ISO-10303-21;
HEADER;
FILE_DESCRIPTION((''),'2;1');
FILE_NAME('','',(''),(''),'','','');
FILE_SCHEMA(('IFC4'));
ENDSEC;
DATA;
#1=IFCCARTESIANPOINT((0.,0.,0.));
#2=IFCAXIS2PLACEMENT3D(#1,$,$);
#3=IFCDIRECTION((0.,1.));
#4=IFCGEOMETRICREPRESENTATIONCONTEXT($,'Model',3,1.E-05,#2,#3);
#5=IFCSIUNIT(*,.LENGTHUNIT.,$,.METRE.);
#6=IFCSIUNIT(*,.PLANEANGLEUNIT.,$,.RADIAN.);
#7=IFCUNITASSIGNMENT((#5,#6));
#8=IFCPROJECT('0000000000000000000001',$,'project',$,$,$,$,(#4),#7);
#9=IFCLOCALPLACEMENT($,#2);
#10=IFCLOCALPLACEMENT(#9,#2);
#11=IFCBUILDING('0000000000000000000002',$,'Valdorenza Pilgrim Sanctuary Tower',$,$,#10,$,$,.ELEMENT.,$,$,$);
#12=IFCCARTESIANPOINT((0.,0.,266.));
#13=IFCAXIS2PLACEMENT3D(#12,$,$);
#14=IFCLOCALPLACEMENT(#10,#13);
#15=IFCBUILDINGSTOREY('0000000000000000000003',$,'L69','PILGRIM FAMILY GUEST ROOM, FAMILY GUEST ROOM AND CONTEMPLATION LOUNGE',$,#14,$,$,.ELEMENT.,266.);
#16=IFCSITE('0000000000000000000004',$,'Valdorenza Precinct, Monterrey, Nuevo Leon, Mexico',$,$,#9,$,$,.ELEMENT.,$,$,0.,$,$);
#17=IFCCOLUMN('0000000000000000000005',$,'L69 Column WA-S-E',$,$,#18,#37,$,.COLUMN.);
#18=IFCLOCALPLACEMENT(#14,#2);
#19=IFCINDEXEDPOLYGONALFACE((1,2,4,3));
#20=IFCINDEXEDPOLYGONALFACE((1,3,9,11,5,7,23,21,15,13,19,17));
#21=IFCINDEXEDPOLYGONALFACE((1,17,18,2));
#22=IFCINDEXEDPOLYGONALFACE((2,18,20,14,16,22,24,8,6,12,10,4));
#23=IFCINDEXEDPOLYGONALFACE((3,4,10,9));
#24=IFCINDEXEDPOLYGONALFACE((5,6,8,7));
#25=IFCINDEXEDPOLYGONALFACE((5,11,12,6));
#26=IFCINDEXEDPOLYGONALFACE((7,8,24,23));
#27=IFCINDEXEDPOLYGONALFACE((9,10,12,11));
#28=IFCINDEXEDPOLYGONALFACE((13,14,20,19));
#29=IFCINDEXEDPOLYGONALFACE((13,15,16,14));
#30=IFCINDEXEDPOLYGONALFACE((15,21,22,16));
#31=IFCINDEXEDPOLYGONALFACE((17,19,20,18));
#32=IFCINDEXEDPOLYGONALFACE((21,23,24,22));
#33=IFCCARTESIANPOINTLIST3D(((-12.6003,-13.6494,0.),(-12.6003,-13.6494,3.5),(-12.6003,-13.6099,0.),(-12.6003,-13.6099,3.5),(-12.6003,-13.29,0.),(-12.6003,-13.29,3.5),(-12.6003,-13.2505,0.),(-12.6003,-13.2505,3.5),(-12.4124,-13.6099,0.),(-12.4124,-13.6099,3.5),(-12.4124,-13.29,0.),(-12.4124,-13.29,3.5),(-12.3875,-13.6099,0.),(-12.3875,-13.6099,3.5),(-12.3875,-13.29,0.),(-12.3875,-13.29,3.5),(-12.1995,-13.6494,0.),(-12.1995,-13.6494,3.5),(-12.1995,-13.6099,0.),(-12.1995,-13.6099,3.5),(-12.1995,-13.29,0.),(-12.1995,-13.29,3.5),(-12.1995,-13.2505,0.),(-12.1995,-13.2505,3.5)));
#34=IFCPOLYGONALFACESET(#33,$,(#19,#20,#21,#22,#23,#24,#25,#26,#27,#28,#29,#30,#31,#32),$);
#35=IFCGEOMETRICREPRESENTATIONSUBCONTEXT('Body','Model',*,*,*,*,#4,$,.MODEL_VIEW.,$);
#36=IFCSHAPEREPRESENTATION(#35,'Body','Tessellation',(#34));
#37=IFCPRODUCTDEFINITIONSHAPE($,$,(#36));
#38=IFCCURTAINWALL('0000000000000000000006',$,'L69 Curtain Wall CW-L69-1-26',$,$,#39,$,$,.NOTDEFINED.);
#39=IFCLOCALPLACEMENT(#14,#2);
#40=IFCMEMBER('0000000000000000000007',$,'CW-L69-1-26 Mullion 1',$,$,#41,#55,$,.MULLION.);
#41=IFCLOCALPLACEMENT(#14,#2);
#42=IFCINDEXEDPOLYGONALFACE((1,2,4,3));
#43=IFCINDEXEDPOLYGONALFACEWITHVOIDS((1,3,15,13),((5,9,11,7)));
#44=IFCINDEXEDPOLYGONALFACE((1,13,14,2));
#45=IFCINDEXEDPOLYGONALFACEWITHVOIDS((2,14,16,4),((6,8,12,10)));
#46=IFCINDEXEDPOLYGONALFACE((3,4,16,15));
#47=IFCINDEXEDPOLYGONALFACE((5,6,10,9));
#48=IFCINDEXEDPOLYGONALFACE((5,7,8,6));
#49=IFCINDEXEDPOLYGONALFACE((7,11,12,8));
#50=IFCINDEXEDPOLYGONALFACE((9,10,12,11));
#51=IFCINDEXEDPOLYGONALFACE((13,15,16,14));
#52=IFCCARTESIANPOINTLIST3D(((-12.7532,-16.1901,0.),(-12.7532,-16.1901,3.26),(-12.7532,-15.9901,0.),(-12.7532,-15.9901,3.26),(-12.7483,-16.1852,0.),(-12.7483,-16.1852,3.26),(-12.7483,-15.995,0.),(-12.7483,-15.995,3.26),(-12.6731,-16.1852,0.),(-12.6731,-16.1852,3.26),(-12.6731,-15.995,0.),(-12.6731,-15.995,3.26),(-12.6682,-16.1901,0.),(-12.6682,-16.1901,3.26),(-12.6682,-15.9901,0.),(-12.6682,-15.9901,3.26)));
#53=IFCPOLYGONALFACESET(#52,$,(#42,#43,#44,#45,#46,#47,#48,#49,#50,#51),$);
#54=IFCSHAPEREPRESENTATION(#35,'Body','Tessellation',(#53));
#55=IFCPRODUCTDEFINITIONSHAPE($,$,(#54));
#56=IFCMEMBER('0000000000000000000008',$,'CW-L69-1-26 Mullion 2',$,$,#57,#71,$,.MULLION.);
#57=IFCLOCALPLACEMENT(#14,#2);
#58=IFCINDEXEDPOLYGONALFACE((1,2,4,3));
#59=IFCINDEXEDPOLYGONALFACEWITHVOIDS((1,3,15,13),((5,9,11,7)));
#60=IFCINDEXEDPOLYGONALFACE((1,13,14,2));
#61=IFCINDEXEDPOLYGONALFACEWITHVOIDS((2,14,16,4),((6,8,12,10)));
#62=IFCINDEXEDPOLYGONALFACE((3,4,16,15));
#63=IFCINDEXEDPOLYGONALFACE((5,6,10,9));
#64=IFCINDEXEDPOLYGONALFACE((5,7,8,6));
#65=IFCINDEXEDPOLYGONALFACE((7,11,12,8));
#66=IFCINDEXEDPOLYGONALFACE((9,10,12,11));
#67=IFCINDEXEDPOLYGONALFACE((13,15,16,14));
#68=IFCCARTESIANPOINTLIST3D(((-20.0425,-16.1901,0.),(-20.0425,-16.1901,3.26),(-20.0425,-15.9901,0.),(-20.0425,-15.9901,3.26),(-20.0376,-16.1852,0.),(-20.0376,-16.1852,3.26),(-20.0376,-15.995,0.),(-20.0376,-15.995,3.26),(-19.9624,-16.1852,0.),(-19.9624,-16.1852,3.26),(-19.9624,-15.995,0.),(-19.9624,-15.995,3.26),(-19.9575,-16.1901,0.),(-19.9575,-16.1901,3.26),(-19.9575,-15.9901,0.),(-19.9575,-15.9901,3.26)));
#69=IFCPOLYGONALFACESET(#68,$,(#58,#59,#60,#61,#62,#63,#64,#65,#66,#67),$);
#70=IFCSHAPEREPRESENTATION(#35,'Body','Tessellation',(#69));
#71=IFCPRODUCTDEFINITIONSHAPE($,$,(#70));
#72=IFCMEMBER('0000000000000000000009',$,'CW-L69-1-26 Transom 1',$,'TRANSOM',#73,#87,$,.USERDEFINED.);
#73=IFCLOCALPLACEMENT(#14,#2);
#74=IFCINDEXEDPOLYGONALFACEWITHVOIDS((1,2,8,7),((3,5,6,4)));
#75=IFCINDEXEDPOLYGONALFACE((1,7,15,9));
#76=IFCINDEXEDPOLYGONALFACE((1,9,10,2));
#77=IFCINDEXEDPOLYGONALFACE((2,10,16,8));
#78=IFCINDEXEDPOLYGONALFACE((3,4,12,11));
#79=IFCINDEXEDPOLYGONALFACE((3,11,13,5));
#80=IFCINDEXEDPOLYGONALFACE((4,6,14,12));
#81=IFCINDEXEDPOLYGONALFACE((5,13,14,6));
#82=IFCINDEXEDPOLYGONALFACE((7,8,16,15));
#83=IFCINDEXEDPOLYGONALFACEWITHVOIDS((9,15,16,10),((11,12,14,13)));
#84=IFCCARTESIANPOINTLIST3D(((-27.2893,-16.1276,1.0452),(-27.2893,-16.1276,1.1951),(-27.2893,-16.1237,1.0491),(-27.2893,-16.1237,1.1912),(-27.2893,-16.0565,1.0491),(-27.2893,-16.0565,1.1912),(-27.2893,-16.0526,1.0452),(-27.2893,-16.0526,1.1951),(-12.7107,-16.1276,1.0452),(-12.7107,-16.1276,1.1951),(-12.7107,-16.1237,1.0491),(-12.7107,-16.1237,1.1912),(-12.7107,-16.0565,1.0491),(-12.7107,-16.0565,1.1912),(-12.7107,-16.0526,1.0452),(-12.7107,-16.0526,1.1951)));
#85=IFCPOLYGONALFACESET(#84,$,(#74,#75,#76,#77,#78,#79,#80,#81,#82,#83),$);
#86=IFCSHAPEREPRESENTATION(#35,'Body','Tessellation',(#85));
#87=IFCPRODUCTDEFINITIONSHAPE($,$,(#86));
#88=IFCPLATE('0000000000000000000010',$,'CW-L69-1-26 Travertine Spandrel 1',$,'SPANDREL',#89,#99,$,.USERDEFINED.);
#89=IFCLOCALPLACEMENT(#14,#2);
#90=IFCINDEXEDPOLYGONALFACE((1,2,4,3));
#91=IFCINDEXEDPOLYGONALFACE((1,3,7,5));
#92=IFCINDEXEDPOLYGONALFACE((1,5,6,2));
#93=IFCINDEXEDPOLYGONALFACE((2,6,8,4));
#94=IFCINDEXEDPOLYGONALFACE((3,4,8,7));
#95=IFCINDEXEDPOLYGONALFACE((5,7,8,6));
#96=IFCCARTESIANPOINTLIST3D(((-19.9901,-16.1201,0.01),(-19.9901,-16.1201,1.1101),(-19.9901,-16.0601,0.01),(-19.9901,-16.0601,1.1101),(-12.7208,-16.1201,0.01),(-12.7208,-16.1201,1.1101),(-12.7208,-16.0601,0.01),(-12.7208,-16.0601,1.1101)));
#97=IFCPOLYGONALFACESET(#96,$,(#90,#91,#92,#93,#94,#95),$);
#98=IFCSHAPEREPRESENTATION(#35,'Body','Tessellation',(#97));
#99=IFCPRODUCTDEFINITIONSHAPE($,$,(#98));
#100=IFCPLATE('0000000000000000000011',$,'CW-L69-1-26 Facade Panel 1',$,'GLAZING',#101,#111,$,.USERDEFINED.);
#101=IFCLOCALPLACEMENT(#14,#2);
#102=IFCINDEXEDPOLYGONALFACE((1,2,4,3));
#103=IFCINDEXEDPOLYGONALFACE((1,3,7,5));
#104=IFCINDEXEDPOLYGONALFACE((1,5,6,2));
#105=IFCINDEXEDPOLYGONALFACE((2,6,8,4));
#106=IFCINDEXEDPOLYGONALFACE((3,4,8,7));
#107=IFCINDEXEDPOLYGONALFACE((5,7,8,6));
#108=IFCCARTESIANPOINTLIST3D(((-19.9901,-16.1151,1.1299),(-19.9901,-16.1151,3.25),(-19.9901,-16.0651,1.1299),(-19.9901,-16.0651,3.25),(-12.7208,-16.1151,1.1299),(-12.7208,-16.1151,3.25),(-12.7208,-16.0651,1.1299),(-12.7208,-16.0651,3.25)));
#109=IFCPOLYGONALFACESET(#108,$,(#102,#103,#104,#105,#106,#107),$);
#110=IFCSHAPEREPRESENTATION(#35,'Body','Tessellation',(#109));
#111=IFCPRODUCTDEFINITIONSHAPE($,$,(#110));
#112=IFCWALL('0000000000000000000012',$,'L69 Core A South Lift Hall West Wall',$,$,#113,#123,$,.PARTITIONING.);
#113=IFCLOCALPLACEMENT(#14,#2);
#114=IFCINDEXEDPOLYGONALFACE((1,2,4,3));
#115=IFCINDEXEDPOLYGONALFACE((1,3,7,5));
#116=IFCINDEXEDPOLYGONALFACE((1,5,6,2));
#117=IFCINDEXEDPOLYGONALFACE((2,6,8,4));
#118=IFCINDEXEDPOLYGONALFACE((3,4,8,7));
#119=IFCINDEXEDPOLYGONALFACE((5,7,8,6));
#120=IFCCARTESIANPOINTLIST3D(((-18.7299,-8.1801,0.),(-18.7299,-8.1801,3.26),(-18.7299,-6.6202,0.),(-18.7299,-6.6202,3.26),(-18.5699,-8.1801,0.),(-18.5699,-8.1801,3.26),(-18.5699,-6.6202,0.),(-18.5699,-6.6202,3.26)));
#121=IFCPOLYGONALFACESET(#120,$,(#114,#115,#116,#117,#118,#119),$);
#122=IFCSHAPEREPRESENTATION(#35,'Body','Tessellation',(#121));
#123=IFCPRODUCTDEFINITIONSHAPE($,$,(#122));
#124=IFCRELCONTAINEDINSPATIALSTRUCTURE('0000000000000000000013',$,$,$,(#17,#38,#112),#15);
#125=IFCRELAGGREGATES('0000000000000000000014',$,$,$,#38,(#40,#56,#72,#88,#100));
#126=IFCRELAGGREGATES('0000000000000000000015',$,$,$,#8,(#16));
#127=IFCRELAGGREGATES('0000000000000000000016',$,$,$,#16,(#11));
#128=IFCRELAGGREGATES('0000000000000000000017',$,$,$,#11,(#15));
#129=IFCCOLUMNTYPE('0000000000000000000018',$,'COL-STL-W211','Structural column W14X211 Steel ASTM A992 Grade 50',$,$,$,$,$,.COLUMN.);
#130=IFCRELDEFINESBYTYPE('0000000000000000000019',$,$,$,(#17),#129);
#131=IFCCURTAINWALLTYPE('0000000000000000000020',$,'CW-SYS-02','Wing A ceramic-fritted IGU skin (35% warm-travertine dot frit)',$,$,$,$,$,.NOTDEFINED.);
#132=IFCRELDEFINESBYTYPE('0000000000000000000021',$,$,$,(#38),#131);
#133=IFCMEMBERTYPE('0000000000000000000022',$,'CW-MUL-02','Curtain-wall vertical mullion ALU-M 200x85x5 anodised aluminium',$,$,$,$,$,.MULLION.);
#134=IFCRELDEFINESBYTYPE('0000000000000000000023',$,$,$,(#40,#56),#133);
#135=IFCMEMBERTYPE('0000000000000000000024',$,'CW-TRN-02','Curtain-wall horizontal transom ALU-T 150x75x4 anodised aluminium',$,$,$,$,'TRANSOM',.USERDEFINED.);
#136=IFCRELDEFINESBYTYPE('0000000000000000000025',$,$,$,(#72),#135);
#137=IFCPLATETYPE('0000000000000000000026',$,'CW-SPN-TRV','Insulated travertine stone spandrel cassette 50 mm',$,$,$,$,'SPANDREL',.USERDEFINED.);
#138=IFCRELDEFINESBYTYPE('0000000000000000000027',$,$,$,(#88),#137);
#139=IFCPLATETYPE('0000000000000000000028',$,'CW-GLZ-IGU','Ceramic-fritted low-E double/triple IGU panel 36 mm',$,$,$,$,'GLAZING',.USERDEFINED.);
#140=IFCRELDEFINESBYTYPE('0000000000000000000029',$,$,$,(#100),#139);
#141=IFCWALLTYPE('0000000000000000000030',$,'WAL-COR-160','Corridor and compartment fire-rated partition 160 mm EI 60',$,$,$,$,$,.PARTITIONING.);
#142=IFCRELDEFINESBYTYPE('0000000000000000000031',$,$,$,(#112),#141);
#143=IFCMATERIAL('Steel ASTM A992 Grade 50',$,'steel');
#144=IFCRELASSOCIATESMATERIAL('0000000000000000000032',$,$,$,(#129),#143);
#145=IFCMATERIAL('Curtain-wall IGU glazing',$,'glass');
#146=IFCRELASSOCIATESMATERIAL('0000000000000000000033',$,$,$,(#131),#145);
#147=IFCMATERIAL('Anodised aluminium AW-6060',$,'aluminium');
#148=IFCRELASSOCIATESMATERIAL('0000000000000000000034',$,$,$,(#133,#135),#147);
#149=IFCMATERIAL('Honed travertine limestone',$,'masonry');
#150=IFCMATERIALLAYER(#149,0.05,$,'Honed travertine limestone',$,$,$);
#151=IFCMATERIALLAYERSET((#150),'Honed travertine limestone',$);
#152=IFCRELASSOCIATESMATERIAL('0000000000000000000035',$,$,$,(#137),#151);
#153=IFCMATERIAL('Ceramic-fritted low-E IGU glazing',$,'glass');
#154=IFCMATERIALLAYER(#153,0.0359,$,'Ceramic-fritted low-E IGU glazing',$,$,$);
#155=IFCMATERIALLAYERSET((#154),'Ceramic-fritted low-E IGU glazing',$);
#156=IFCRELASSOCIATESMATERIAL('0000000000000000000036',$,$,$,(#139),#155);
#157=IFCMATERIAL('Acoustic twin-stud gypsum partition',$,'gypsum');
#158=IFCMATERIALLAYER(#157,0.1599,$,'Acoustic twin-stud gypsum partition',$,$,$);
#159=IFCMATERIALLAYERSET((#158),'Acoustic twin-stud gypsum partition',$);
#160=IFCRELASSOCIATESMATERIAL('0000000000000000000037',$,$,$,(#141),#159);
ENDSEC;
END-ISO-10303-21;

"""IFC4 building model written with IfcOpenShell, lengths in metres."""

from ifc_helpers import new_model, si_unit, direction, frame, frame_2d, origin, origin_2d, place, context, subcontext, project, spatial, rectangle, hollow_rectangle, i_section, extrude, source, transform, mapped, material, layer, layer_set, material_profile, profile_set, type_object, element, aggregate, save


model = new_model("IFC4")

# Units and contexts
model_context = context("Model", 3, precision=1e-05, world=origin(), true_north=direction((0.0, 1.0)))
body_context = subcontext(model_context, "Body", "Model", "MODEL_VIEW")
ifc_project = project(units=[si_unit("LENGTHUNIT", "METRE"), si_unit("PLANEANGLEUNIT", "RADIAN")], contexts=[model_context])

# Site, building, storey
site_placement = place(None, origin())
site = spatial("IfcSite", under=ifc_project, at=site_placement, Name="Valdorenza Precinct, Monterrey, Nuevo Leon, Mexico", CompositionType="ELEMENT", RefElevation=0.0)
building_placement = place(site_placement, origin())
building = spatial("IfcBuilding", under=site, at=building_placement, Name="Valdorenza Pilgrim Sanctuary Tower", CompositionType="ELEMENT")
storey_placement = place(building_placement, frame((0.0, 0.0, 266.0)))
storey = spatial("IfcBuildingStorey", under=building, at=storey_placement, Name="L69", Description="PILGRIM FAMILY GUEST ROOM, FAMILY GUEST ROOM AND CONTEMPLATION LOUNGE", CompositionType="ELEMENT", Elevation=266.0)

# Column
ifc_material_1 = material(Name="Steel ASTM A992 Grade 50", Category="steel")
ifc_material_profile_1 = material_profile(ifc_material_1, i_section(OverallWidth=0.4009, OverallDepth=0.3989, WebThickness=0.0249, FlangeThickness=0.0396, at=origin_2d()), Name="W14X211")
ifc_profile_set_1 = profile_set([ifc_material_profile_1], Name="Steel ASTM A992 Grade 50")
column_type = type_object("IfcColumnType", Name="COL-STL-W211", Description="Structural column W14X211 Steel ASTM A992 Grade 50", PredefinedType="COLUMN", material=ifc_profile_set_1)
shared_shape_1 = source(origin(), body_context, "Body", "SweptSolid", [
    extrude(i_section(OverallWidth=0.4009, OverallDepth=0.3989, WebThickness=0.0249, FlangeThickness=0.0396, at=origin_2d()), origin(), (0.0, 0.0, 1.0), 3.5),
])
column_placement = place(storey_placement, frame((-12.3999, -13.45, 0.0), z_axis=(0.0, 0.0, 1.0), x_axis=(1.0, 0.0, 0.0)))
element("IfcColumn", 1, at=column_placement, inside=storey, type_object=column_type, Name="L69 Column WA-S-E", PredefinedType="COLUMN", context=body_context, shape_type="MappedRepresentation", body=[
    mapped(shared_shape_1, transform((0.0, 0.0, 0.0), x_axis=(1.0, 0.0, 0.0), y_axis=(0.0, 1.0, 0.0), z_axis=(0.0, 0.0, 1.0), scale=1.0)),
])

# Curtain wall, members, plates
ifc_material_2 = material(Name="Curtain-wall IGU glazing", Category="glass")
curtain_wall_type = type_object("IfcCurtainWallType", Name="CW-SYS-02", Description="Wing A ceramic-fritted IGU skin (35% warm-travertine dot frit)", PredefinedType="NOTDEFINED", material=ifc_material_2)
curtain_wall_placement = place(storey_placement, origin())
curtain_wall = element("IfcCurtainWall", 2, at=curtain_wall_placement, inside=storey, type_object=curtain_wall_type, Name="L69 Curtain Wall CW-L69-1-26", PredefinedType="NOTDEFINED")
ifc_material_3 = material(Name="Anodised aluminium AW-6060", Category="aluminium")
ifc_material_profile_2 = material_profile(ifc_material_3, hollow_rectangle(XDim=0.085, YDim=0.2, WallThickness=0.0049, at=origin_2d()), Name="ALU-M 200x85x5")
ifc_profile_set_2 = profile_set([ifc_material_profile_2], Name="Anodised aluminium AW-6060")
member_type_1 = type_object("IfcMemberType", Name="CW-MUL-02", Description="Curtain-wall vertical mullion ALU-M 200x85x5 anodised aluminium", PredefinedType="MULLION", material=ifc_profile_set_2)
shared_shape_2 = source(origin(), body_context, "Body", "SweptSolid", [
    extrude(hollow_rectangle(XDim=0.085, YDim=0.2, WallThickness=0.0049, at=origin_2d()), origin(), (0.0, 0.0, 1.0), 3.26),
])
member_1_placement = place(storey_placement, frame((-12.7107, -16.0901, 0.0), z_axis=(0.0, 0.0, 1.0), x_axis=(-1.0, 0.0, 0.0)))
member_1 = element("IfcMember", 3, at=member_1_placement, type_object=member_type_1, Name="CW-L69-1-26 Mullion 1", PredefinedType="MULLION", context=body_context, shape_type="MappedRepresentation", body=[
    mapped(shared_shape_2, transform((0.0, 0.0, 0.0), x_axis=(1.0, 0.0, 0.0), y_axis=(0.0, 1.0, 0.0), z_axis=(0.0, 0.0, 1.0), scale=1.0)),
])
member_2_placement = place(storey_placement, frame((-20.0, -16.0901, 0.0), z_axis=(0.0, 0.0, 1.0), x_axis=(-1.0, 0.0, 0.0)))
member_2 = element("IfcMember", 4, at=member_2_placement, type_object=member_type_1, Name="CW-L69-1-26 Mullion 2", PredefinedType="MULLION", context=body_context, shape_type="MappedRepresentation", body=[
    mapped(shared_shape_2, transform((0.0, 0.0, 0.0), x_axis=(1.0, 0.0, 0.0), y_axis=(0.0, 1.0, 0.0), z_axis=(0.0, 0.0, 1.0), scale=1.0)),
])
ifc_material_profile_3 = material_profile(ifc_material_3, hollow_rectangle(XDim=0.075, YDim=0.1499, WallThickness=0.0039, at=origin_2d()), Name="ALU-T 150x75x4")
ifc_profile_set_3 = profile_set([ifc_material_profile_3], Name="Anodised aluminium AW-6060")
member_type_2 = type_object("IfcMemberType", Name="CW-TRN-02", Description="Curtain-wall horizontal transom ALU-T 150x75x4 anodised aluminium", ElementType="TRANSOM", PredefinedType="USERDEFINED", material=ifc_profile_set_3)
shared_shape_3 = source(origin(), body_context, "Body", "SweptSolid", [
    extrude(hollow_rectangle(XDim=0.075, YDim=0.1499, WallThickness=0.0039, at=origin_2d()), origin(), (0.0, 0.0, 1.0), 14.5786),
])
member_3_placement = place(storey_placement, frame((-12.7107, -16.0901, 1.1201), z_axis=(-1.0, 0.0, 0.0), x_axis=(0.0, -1.0, 0.0)))
member_3 = element("IfcMember", 5, at=member_3_placement, type_object=member_type_2, Name="CW-L69-1-26 Transom 1", ObjectType="TRANSOM", PredefinedType="USERDEFINED", context=body_context, shape_type="MappedRepresentation", body=[
    mapped(shared_shape_3, transform((0.0, 0.0, 0.0), x_axis=(1.0, 0.0, 0.0), y_axis=(0.0, 1.0, 0.0), z_axis=(0.0, 0.0, 1.0), scale=1.0)),
])
ifc_material_4 = material(Name="Honed travertine limestone", Category="masonry")
ifc_layer_1 = layer(ifc_material_4, 0.05, Name="Honed travertine limestone")
ifc_layer_set_1 = layer_set([ifc_layer_1], Name="Honed travertine limestone")
plate_type_1 = type_object("IfcPlateType", Name="CW-SPN-TRV", Description="Insulated travertine stone spandrel cassette 50 mm", ElementType="SPANDREL", PredefinedType="USERDEFINED", material=ifc_layer_set_1)
shared_shape_4 = source(origin(), body_context, "Body", "SweptSolid", [
    extrude(rectangle(XDim=7.2693, YDim=0.0601, at=origin_2d()), origin(), (0.0, 0.0, 1.0), 1.1001),
])
plate_1_placement = place(storey_placement, frame((-16.3555, -16.0901, 0.01), z_axis=(0.0, 0.0, 1.0), x_axis=(-1.0, 0.0, 0.0)))
plate_1 = element("IfcPlate", 6, at=plate_1_placement, type_object=plate_type_1, Name="CW-L69-1-26 Travertine Spandrel 1", ObjectType="SPANDREL", PredefinedType="USERDEFINED", context=body_context, shape_type="MappedRepresentation", body=[
    mapped(shared_shape_4, transform((0.0, 0.0, 0.0), x_axis=(1.0, 0.0, 0.0), y_axis=(0.0, 1.0, 0.0), z_axis=(0.0, 0.0, 1.0), scale=1.0)),
])
ifc_material_5 = material(Name="Ceramic-fritted low-E IGU glazing", Category="glass")
ifc_layer_2 = layer(ifc_material_5, 0.0359, Name="Ceramic-fritted low-E IGU glazing")
ifc_layer_set_2 = layer_set([ifc_layer_2], Name="Ceramic-fritted low-E IGU glazing")
plate_type_2 = type_object("IfcPlateType", Name="CW-GLZ-IGU", Description="Ceramic-fritted low-E double/triple IGU panel 36 mm", ElementType="GLAZING", PredefinedType="USERDEFINED", material=ifc_layer_set_2)
shared_shape_5 = source(origin(), body_context, "Body", "SweptSolid", [
    extrude(rectangle(XDim=7.2693, YDim=0.05, at=origin_2d()), origin(), (0.0, 0.0, 1.0), 2.1201),
])
plate_2_placement = place(storey_placement, frame((-16.3555, -16.0901, 1.1299), z_axis=(0.0, 0.0, 1.0), x_axis=(-1.0, 0.0, 0.0)))
plate_2 = element("IfcPlate", 7, at=plate_2_placement, type_object=plate_type_2, Name="CW-L69-1-26 Facade Panel 1", ObjectType="GLAZING", PredefinedType="USERDEFINED", context=body_context, shape_type="MappedRepresentation", body=[
    mapped(shared_shape_5, transform((0.0, 0.0, 0.0), x_axis=(1.0, 0.0, 0.0), y_axis=(0.0, 1.0, 0.0), z_axis=(0.0, 0.0, 1.0), scale=1.0)),
])
aggregate(curtain_wall, [member_1, member_2, member_3, plate_1, plate_2])

# Wall
ifc_material_6 = material(Name="Acoustic twin-stud gypsum partition", Category="gypsum")
ifc_layer_3 = layer(ifc_material_6, 0.1599, Name="Acoustic twin-stud gypsum partition")
ifc_layer_set_3 = layer_set([ifc_layer_3], Name="Acoustic twin-stud gypsum partition")
wall_type_1 = type_object("IfcWallType", Name="WAL-COR-160", Description="Corridor and compartment fire-rated partition 160 mm EI 60", PredefinedType="PARTITIONING", material=ifc_layer_set_3)
wall_1_placement = place(storey_placement, frame((-18.6499, -8.1799, 0.0), z_axis=(0.0, 0.0, 1.0), x_axis=(0.0, 1.0, 0.0)))
element("IfcWall", 8, at=wall_1_placement, inside=storey, type_object=wall_type_1, Name="L69 Core A South Lift Hall West Wall", PredefinedType="PARTITIONING", context=body_context, shape_type="SweptSolid", body=[
    extrude(rectangle(XDim=1.5598, YDim=0.1599, at=frame_2d((0.7798, 0.0))), origin(), (0.0, 0.0, 1.0), 3.26),
])

save(model, "model.ifc")
